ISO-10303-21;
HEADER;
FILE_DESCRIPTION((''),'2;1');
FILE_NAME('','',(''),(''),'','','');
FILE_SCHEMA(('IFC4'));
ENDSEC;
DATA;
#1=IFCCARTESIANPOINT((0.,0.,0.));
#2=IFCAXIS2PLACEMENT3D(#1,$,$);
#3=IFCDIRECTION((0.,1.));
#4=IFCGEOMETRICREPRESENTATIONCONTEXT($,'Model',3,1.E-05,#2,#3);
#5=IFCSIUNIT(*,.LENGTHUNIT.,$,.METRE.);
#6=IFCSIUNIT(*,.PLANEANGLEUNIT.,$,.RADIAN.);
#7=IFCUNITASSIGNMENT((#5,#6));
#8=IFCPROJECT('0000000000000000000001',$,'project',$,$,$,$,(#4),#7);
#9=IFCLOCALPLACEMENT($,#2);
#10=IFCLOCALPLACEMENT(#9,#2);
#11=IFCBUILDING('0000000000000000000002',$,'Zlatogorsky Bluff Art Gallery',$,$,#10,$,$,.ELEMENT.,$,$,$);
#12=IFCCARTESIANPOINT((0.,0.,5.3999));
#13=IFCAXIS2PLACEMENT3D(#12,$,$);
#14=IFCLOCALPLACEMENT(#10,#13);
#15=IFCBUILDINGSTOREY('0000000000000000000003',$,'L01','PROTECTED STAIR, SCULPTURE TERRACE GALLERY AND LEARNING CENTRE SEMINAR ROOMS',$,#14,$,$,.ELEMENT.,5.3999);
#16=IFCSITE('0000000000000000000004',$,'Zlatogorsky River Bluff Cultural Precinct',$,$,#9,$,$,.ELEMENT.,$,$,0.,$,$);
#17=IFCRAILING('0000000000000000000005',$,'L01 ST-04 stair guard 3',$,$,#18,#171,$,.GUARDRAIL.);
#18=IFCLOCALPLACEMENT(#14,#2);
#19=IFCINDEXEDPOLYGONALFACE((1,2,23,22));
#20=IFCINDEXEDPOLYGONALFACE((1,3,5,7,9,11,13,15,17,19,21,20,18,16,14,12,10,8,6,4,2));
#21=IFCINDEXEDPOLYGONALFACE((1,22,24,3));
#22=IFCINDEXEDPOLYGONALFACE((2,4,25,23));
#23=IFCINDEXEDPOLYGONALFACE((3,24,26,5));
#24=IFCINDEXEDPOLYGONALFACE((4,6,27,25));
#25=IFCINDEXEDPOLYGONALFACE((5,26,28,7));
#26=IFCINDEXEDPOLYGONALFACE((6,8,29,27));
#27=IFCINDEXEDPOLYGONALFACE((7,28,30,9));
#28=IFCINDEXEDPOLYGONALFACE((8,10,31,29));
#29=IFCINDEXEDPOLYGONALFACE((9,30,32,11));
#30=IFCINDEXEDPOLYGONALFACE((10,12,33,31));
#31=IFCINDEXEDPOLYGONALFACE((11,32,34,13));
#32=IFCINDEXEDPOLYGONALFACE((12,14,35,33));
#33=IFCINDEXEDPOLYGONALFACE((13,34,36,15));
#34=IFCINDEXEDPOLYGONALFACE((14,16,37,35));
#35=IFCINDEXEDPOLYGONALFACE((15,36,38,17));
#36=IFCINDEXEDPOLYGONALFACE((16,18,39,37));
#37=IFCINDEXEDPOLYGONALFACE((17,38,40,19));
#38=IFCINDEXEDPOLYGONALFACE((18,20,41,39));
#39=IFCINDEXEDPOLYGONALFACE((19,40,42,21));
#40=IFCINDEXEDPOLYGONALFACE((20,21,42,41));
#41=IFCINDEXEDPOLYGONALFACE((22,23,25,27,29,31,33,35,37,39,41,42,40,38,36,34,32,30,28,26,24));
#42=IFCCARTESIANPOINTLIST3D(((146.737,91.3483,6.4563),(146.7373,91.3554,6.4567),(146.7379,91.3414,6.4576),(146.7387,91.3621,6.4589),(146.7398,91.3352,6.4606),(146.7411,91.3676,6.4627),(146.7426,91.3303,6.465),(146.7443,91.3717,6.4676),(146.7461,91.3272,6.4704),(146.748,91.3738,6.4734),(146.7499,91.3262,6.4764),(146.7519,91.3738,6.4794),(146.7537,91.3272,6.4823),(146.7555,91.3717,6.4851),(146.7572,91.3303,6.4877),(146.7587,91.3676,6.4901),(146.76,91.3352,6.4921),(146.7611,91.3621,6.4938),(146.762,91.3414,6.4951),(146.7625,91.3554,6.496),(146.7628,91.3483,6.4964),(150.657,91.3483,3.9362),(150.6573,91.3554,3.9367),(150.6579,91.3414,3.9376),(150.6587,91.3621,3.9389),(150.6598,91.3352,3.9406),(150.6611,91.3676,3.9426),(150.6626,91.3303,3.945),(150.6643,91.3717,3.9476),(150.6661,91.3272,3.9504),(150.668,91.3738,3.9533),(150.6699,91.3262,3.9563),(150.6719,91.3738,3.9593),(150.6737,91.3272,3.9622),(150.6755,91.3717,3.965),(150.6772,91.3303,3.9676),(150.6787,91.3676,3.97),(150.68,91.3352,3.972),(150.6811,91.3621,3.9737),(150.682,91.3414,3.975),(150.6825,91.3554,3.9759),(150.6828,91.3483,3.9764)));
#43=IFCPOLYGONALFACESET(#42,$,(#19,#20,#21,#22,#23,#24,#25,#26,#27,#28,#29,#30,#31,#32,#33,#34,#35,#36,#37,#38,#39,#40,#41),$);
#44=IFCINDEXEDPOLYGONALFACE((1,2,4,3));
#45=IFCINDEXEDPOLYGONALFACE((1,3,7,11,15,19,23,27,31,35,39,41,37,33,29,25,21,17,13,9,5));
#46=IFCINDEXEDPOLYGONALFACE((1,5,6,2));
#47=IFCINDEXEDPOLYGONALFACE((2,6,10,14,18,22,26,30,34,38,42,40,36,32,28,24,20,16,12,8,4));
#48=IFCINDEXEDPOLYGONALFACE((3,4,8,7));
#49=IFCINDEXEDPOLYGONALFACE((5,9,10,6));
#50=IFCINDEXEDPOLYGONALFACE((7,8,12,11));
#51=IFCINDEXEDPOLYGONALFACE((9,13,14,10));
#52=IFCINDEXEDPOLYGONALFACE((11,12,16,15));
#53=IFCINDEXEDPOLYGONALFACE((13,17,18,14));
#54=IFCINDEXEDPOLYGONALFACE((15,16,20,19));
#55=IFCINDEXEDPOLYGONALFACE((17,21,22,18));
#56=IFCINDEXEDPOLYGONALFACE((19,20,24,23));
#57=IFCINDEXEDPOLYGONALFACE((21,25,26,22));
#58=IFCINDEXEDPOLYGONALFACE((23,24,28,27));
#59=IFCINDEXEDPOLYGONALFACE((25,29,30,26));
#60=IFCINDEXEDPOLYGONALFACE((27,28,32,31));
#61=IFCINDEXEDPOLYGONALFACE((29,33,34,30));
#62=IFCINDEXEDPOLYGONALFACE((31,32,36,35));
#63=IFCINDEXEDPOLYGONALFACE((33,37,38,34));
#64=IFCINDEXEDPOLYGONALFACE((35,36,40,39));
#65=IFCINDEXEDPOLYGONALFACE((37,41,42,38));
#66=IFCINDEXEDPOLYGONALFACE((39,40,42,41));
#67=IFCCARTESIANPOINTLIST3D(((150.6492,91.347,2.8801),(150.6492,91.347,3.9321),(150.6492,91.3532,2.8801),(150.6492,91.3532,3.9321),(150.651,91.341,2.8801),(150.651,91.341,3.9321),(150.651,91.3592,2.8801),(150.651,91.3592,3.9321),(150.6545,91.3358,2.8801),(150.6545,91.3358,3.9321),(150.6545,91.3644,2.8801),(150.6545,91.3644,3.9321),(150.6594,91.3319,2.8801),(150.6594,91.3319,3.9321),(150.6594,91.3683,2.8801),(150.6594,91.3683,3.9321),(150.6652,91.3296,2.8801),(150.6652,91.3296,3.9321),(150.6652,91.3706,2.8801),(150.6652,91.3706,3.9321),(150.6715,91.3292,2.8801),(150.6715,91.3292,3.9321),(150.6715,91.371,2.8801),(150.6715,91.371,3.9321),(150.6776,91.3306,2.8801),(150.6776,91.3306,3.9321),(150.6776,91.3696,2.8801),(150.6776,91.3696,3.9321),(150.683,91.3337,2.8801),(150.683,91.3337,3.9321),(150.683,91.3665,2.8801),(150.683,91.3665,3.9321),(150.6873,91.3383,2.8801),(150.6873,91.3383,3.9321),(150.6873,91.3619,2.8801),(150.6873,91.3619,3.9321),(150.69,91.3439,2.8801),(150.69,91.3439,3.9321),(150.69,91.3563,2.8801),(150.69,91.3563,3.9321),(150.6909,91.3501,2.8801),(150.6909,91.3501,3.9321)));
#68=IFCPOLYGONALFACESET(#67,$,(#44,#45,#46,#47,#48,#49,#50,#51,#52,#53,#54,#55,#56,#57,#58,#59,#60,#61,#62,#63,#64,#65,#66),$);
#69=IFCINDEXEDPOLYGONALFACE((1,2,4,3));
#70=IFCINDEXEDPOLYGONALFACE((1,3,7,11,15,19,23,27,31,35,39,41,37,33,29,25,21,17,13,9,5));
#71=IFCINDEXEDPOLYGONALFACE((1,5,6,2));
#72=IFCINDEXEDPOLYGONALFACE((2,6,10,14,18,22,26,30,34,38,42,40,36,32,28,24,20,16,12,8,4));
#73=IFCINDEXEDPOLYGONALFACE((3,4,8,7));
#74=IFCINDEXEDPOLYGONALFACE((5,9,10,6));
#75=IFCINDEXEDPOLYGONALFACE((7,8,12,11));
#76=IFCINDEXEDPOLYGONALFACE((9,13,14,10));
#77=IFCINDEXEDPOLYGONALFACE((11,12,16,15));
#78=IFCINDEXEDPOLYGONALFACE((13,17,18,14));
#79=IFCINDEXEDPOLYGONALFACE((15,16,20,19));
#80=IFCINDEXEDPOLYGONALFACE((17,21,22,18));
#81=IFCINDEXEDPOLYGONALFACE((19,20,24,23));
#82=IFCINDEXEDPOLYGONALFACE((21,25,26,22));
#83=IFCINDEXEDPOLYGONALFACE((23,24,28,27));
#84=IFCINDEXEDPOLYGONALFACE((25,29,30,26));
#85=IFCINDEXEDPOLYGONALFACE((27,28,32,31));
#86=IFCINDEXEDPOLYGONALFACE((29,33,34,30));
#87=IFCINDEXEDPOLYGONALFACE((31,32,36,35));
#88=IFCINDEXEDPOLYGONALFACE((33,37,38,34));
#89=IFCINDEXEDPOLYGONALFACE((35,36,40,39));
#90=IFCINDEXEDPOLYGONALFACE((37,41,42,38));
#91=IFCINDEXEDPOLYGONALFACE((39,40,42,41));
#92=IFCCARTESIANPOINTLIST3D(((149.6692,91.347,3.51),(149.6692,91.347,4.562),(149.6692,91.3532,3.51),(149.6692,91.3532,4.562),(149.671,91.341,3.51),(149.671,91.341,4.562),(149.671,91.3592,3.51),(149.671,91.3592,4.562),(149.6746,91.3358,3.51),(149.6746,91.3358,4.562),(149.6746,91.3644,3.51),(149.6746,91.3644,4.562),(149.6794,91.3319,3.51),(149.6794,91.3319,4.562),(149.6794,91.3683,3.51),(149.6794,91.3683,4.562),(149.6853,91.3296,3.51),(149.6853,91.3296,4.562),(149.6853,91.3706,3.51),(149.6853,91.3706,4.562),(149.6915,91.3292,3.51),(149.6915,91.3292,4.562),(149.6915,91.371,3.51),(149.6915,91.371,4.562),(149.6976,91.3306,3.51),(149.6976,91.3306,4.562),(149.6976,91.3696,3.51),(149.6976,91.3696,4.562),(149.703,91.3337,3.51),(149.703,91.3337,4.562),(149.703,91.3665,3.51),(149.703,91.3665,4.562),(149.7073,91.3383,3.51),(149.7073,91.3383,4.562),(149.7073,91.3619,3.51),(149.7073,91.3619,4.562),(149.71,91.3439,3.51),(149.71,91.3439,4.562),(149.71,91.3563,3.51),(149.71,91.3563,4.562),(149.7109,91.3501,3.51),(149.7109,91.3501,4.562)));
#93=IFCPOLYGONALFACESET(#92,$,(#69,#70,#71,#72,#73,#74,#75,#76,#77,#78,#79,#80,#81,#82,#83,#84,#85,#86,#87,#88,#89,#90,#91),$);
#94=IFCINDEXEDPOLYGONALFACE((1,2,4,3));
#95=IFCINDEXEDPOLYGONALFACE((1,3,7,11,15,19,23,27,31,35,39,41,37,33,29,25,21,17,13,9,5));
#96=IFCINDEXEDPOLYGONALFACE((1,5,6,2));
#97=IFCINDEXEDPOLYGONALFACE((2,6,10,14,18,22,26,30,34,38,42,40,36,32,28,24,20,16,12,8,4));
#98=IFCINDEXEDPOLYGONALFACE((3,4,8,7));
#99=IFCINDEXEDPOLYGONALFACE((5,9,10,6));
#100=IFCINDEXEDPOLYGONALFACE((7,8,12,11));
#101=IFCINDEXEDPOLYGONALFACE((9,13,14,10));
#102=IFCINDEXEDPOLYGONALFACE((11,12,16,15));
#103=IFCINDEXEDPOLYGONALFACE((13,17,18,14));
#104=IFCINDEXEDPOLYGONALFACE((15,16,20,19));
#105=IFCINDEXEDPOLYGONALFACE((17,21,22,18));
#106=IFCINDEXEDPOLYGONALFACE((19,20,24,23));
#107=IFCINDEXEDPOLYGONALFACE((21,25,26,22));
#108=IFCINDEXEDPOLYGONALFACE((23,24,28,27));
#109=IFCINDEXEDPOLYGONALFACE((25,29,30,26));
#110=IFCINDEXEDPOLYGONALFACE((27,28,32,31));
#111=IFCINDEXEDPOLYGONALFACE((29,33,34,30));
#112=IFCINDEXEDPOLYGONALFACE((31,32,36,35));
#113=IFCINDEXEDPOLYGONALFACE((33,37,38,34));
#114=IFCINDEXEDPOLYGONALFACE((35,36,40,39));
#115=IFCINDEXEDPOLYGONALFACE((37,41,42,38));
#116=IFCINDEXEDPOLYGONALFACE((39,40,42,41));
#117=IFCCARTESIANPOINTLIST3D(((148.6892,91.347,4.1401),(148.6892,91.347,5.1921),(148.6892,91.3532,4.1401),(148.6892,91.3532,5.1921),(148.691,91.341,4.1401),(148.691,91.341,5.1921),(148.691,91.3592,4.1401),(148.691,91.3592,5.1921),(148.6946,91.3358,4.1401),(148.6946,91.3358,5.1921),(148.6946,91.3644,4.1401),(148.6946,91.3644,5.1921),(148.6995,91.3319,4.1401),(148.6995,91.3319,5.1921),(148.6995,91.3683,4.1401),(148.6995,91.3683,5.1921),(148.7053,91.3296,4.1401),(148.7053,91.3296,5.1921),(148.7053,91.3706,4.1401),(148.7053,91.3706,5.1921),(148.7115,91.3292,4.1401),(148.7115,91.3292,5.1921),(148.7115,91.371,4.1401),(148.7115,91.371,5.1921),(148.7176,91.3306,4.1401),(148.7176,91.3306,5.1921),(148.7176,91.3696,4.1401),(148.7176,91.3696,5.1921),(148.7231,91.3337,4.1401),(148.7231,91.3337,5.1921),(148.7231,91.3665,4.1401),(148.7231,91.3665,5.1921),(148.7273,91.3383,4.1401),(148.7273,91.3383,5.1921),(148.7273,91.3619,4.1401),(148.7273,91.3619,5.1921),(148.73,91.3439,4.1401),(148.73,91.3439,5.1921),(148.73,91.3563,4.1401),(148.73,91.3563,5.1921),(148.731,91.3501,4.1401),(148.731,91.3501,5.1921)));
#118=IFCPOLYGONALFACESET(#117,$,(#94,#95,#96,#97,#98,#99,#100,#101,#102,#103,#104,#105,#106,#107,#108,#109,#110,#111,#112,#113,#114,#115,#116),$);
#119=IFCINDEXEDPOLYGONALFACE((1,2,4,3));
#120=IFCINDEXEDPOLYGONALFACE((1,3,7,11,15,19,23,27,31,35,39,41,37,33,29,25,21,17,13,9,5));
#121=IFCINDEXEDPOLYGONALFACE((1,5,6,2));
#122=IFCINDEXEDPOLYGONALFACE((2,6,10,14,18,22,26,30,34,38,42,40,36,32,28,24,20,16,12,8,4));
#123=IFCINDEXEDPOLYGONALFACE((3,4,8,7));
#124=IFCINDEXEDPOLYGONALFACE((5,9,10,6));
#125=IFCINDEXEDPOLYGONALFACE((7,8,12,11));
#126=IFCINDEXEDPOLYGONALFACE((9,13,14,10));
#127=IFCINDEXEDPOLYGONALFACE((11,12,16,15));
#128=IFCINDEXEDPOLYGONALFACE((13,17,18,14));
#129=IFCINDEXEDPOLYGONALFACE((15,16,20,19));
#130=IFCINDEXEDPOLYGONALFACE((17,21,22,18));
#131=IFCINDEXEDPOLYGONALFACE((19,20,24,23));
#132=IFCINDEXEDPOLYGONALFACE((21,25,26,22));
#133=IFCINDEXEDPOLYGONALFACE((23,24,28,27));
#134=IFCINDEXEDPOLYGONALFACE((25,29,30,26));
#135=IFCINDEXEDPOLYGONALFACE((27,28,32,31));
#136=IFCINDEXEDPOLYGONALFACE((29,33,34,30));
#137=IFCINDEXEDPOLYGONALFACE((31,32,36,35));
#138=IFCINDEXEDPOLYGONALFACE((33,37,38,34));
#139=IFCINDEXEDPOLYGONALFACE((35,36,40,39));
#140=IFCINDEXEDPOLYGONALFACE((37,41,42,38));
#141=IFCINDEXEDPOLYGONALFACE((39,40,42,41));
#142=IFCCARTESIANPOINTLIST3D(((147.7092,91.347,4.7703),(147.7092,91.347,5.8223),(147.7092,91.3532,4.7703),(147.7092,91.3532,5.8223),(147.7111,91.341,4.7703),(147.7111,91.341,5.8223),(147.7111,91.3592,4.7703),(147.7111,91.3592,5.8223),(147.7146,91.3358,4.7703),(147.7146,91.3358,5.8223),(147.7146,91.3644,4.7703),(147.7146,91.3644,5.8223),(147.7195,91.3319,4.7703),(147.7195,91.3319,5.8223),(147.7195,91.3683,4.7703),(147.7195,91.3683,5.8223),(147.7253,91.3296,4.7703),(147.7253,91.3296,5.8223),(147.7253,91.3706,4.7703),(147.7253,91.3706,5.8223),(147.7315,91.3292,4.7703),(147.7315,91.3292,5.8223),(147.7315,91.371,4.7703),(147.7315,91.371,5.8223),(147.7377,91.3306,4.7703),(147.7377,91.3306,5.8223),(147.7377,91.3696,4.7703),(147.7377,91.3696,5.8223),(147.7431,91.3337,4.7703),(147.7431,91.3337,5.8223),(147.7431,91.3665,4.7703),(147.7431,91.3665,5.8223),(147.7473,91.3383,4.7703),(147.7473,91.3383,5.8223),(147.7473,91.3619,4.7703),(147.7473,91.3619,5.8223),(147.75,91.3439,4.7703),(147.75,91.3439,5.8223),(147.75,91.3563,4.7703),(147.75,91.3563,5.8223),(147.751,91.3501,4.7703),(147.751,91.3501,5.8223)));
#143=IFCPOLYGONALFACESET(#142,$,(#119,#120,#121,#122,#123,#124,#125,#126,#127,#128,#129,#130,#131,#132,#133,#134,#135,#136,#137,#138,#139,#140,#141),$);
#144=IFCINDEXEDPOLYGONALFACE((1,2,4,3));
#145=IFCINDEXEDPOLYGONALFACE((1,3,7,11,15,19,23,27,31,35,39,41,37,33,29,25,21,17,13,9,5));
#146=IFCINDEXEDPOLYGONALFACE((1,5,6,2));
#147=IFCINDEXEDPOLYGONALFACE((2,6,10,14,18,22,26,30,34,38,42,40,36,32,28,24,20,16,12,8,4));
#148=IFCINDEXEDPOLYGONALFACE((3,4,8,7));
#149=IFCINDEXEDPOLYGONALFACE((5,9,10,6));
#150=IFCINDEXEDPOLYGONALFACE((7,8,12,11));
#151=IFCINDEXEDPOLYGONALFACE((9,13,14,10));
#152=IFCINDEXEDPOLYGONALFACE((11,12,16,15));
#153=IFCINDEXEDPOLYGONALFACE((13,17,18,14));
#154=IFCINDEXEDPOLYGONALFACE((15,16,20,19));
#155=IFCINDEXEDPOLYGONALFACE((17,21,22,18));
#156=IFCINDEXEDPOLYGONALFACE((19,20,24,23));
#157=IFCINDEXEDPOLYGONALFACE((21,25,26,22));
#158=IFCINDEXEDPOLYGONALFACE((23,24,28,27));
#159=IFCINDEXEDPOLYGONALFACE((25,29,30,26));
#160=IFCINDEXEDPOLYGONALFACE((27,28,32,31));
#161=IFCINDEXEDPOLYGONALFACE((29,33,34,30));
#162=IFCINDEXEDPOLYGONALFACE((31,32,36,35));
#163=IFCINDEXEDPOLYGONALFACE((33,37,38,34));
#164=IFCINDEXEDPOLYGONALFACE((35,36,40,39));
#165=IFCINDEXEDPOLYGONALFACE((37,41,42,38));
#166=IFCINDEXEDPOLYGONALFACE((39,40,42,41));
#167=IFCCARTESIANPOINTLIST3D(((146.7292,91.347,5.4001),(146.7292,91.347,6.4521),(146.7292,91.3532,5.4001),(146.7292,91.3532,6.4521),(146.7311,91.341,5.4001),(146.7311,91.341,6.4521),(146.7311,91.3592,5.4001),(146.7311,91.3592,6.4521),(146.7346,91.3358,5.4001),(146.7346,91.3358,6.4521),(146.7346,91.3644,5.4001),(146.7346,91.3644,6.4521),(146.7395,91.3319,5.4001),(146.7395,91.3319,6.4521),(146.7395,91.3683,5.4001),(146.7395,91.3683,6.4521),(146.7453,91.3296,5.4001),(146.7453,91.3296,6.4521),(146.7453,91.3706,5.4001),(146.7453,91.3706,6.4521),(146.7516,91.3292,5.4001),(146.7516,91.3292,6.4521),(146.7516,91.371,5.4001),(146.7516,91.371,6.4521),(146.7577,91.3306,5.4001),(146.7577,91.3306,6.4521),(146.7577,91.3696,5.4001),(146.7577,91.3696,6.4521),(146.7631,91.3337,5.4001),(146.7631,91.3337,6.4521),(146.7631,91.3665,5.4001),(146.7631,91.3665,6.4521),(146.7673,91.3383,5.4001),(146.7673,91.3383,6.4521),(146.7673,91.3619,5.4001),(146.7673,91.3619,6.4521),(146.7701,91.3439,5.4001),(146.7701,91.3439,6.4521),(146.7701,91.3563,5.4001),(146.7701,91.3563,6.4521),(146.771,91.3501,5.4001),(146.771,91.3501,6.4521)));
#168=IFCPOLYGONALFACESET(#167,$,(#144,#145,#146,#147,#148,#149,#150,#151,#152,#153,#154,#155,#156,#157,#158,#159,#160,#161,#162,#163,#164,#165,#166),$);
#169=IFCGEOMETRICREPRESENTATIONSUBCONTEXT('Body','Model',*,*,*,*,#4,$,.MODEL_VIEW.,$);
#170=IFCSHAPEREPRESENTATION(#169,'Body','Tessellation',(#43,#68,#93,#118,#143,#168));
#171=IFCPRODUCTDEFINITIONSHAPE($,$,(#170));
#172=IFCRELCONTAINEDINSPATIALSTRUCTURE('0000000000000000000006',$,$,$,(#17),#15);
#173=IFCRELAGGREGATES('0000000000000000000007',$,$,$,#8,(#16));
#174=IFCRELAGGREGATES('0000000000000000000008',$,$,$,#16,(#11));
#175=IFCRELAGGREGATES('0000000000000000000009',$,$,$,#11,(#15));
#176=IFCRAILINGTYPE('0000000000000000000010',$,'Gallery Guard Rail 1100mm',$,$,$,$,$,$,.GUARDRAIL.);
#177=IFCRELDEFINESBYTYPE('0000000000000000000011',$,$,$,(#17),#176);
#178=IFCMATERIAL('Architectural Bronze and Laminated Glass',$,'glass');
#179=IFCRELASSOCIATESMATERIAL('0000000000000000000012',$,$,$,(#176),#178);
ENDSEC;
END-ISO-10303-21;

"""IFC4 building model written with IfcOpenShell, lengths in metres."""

from ifc_helpers import new_model, si_unit, direction, frame, origin, origin_2d, place, context, subcontext, project, spatial, circle, extrude, material, type_object, element, save


model = new_model("IFC4")

# Units and contexts
model_context = context("Model", 3, precision=1e-05, world=origin(), true_north=direction((0.0, 1.0)))
body_context = subcontext(model_context, "Body", "Model", "MODEL_VIEW")
ifc_project = project(units=[si_unit("LENGTHUNIT", "METRE"), si_unit("PLANEANGLEUNIT", "RADIAN")], contexts=[model_context])

# Site, building, storey
site_placement = place(None, origin())
site = spatial("IfcSite", under=ifc_project, at=site_placement, Name="Zlatogorsky River Bluff Cultural Precinct", CompositionType="ELEMENT", RefElevation=0.0)
building_placement = place(site_placement, origin())
building = spatial("IfcBuilding", under=site, at=building_placement, Name="Zlatogorsky Bluff Art Gallery", CompositionType="ELEMENT")
storey_placement = place(building_placement, frame((0.0, 0.0, 5.3999)))
storey = spatial("IfcBuildingStorey", under=building, at=storey_placement, Name="L01", Description="PROTECTED STAIR, SCULPTURE TERRACE GALLERY AND LEARNING CENTRE SEMINAR ROOMS", CompositionType="ELEMENT", Elevation=5.3999)

# Railing
ifc_material_1 = material(Name="Architectural Bronze and Laminated Glass", Category="glass")
railing_type_1 = type_object("IfcRailingType", Name="Gallery Guard Rail 1100mm", PredefinedType="GUARDRAIL", material=ifc_material_1)
railing_1_placement = place(storey_placement, frame((150.6699, 91.3501, 2.8801)))
element("IfcRailing", 1, at=railing_1_placement, inside=storey, type_object=railing_type_1, Name="L01 ST-04 stair guard 3", PredefinedType="GUARDRAIL", context=body_context, shape_type="SweptSolid", body=[
    extrude(circle(Radius=0.0239, at=origin_2d()), frame((0.0, 0.0, 1.0762), z_axis=(-0.841172, 0.0, 0.540768), x_axis=(0.0, -1.0, 0.0)), (0.0, 0.0, 1.0), 4.6602),
    extrude(circle(Radius=0.021, at=origin_2d()), origin(), (0.0, 0.0, 1.0), 1.052),
    extrude(circle(Radius=0.021, at=origin_2d()), frame((-0.98, 0.0, 0.6299)), (0.0, 0.0, 1.0), 1.052),
    extrude(circle(Radius=0.021, at=origin_2d()), frame((-1.96, 0.0, 1.26)), (0.0, 0.0, 1.0), 1.052),
    extrude(circle(Radius=0.021, at=origin_2d()), frame((-2.9399, 0.0, 1.8901)), (0.0, 0.0, 1.0), 1.052),
    extrude(circle(Radius=0.021, at=origin_2d()), frame((-3.9199, 0.0, 2.52)), (0.0, 0.0, 1.0), 1.052),
])

save(model, "model.ifc")
